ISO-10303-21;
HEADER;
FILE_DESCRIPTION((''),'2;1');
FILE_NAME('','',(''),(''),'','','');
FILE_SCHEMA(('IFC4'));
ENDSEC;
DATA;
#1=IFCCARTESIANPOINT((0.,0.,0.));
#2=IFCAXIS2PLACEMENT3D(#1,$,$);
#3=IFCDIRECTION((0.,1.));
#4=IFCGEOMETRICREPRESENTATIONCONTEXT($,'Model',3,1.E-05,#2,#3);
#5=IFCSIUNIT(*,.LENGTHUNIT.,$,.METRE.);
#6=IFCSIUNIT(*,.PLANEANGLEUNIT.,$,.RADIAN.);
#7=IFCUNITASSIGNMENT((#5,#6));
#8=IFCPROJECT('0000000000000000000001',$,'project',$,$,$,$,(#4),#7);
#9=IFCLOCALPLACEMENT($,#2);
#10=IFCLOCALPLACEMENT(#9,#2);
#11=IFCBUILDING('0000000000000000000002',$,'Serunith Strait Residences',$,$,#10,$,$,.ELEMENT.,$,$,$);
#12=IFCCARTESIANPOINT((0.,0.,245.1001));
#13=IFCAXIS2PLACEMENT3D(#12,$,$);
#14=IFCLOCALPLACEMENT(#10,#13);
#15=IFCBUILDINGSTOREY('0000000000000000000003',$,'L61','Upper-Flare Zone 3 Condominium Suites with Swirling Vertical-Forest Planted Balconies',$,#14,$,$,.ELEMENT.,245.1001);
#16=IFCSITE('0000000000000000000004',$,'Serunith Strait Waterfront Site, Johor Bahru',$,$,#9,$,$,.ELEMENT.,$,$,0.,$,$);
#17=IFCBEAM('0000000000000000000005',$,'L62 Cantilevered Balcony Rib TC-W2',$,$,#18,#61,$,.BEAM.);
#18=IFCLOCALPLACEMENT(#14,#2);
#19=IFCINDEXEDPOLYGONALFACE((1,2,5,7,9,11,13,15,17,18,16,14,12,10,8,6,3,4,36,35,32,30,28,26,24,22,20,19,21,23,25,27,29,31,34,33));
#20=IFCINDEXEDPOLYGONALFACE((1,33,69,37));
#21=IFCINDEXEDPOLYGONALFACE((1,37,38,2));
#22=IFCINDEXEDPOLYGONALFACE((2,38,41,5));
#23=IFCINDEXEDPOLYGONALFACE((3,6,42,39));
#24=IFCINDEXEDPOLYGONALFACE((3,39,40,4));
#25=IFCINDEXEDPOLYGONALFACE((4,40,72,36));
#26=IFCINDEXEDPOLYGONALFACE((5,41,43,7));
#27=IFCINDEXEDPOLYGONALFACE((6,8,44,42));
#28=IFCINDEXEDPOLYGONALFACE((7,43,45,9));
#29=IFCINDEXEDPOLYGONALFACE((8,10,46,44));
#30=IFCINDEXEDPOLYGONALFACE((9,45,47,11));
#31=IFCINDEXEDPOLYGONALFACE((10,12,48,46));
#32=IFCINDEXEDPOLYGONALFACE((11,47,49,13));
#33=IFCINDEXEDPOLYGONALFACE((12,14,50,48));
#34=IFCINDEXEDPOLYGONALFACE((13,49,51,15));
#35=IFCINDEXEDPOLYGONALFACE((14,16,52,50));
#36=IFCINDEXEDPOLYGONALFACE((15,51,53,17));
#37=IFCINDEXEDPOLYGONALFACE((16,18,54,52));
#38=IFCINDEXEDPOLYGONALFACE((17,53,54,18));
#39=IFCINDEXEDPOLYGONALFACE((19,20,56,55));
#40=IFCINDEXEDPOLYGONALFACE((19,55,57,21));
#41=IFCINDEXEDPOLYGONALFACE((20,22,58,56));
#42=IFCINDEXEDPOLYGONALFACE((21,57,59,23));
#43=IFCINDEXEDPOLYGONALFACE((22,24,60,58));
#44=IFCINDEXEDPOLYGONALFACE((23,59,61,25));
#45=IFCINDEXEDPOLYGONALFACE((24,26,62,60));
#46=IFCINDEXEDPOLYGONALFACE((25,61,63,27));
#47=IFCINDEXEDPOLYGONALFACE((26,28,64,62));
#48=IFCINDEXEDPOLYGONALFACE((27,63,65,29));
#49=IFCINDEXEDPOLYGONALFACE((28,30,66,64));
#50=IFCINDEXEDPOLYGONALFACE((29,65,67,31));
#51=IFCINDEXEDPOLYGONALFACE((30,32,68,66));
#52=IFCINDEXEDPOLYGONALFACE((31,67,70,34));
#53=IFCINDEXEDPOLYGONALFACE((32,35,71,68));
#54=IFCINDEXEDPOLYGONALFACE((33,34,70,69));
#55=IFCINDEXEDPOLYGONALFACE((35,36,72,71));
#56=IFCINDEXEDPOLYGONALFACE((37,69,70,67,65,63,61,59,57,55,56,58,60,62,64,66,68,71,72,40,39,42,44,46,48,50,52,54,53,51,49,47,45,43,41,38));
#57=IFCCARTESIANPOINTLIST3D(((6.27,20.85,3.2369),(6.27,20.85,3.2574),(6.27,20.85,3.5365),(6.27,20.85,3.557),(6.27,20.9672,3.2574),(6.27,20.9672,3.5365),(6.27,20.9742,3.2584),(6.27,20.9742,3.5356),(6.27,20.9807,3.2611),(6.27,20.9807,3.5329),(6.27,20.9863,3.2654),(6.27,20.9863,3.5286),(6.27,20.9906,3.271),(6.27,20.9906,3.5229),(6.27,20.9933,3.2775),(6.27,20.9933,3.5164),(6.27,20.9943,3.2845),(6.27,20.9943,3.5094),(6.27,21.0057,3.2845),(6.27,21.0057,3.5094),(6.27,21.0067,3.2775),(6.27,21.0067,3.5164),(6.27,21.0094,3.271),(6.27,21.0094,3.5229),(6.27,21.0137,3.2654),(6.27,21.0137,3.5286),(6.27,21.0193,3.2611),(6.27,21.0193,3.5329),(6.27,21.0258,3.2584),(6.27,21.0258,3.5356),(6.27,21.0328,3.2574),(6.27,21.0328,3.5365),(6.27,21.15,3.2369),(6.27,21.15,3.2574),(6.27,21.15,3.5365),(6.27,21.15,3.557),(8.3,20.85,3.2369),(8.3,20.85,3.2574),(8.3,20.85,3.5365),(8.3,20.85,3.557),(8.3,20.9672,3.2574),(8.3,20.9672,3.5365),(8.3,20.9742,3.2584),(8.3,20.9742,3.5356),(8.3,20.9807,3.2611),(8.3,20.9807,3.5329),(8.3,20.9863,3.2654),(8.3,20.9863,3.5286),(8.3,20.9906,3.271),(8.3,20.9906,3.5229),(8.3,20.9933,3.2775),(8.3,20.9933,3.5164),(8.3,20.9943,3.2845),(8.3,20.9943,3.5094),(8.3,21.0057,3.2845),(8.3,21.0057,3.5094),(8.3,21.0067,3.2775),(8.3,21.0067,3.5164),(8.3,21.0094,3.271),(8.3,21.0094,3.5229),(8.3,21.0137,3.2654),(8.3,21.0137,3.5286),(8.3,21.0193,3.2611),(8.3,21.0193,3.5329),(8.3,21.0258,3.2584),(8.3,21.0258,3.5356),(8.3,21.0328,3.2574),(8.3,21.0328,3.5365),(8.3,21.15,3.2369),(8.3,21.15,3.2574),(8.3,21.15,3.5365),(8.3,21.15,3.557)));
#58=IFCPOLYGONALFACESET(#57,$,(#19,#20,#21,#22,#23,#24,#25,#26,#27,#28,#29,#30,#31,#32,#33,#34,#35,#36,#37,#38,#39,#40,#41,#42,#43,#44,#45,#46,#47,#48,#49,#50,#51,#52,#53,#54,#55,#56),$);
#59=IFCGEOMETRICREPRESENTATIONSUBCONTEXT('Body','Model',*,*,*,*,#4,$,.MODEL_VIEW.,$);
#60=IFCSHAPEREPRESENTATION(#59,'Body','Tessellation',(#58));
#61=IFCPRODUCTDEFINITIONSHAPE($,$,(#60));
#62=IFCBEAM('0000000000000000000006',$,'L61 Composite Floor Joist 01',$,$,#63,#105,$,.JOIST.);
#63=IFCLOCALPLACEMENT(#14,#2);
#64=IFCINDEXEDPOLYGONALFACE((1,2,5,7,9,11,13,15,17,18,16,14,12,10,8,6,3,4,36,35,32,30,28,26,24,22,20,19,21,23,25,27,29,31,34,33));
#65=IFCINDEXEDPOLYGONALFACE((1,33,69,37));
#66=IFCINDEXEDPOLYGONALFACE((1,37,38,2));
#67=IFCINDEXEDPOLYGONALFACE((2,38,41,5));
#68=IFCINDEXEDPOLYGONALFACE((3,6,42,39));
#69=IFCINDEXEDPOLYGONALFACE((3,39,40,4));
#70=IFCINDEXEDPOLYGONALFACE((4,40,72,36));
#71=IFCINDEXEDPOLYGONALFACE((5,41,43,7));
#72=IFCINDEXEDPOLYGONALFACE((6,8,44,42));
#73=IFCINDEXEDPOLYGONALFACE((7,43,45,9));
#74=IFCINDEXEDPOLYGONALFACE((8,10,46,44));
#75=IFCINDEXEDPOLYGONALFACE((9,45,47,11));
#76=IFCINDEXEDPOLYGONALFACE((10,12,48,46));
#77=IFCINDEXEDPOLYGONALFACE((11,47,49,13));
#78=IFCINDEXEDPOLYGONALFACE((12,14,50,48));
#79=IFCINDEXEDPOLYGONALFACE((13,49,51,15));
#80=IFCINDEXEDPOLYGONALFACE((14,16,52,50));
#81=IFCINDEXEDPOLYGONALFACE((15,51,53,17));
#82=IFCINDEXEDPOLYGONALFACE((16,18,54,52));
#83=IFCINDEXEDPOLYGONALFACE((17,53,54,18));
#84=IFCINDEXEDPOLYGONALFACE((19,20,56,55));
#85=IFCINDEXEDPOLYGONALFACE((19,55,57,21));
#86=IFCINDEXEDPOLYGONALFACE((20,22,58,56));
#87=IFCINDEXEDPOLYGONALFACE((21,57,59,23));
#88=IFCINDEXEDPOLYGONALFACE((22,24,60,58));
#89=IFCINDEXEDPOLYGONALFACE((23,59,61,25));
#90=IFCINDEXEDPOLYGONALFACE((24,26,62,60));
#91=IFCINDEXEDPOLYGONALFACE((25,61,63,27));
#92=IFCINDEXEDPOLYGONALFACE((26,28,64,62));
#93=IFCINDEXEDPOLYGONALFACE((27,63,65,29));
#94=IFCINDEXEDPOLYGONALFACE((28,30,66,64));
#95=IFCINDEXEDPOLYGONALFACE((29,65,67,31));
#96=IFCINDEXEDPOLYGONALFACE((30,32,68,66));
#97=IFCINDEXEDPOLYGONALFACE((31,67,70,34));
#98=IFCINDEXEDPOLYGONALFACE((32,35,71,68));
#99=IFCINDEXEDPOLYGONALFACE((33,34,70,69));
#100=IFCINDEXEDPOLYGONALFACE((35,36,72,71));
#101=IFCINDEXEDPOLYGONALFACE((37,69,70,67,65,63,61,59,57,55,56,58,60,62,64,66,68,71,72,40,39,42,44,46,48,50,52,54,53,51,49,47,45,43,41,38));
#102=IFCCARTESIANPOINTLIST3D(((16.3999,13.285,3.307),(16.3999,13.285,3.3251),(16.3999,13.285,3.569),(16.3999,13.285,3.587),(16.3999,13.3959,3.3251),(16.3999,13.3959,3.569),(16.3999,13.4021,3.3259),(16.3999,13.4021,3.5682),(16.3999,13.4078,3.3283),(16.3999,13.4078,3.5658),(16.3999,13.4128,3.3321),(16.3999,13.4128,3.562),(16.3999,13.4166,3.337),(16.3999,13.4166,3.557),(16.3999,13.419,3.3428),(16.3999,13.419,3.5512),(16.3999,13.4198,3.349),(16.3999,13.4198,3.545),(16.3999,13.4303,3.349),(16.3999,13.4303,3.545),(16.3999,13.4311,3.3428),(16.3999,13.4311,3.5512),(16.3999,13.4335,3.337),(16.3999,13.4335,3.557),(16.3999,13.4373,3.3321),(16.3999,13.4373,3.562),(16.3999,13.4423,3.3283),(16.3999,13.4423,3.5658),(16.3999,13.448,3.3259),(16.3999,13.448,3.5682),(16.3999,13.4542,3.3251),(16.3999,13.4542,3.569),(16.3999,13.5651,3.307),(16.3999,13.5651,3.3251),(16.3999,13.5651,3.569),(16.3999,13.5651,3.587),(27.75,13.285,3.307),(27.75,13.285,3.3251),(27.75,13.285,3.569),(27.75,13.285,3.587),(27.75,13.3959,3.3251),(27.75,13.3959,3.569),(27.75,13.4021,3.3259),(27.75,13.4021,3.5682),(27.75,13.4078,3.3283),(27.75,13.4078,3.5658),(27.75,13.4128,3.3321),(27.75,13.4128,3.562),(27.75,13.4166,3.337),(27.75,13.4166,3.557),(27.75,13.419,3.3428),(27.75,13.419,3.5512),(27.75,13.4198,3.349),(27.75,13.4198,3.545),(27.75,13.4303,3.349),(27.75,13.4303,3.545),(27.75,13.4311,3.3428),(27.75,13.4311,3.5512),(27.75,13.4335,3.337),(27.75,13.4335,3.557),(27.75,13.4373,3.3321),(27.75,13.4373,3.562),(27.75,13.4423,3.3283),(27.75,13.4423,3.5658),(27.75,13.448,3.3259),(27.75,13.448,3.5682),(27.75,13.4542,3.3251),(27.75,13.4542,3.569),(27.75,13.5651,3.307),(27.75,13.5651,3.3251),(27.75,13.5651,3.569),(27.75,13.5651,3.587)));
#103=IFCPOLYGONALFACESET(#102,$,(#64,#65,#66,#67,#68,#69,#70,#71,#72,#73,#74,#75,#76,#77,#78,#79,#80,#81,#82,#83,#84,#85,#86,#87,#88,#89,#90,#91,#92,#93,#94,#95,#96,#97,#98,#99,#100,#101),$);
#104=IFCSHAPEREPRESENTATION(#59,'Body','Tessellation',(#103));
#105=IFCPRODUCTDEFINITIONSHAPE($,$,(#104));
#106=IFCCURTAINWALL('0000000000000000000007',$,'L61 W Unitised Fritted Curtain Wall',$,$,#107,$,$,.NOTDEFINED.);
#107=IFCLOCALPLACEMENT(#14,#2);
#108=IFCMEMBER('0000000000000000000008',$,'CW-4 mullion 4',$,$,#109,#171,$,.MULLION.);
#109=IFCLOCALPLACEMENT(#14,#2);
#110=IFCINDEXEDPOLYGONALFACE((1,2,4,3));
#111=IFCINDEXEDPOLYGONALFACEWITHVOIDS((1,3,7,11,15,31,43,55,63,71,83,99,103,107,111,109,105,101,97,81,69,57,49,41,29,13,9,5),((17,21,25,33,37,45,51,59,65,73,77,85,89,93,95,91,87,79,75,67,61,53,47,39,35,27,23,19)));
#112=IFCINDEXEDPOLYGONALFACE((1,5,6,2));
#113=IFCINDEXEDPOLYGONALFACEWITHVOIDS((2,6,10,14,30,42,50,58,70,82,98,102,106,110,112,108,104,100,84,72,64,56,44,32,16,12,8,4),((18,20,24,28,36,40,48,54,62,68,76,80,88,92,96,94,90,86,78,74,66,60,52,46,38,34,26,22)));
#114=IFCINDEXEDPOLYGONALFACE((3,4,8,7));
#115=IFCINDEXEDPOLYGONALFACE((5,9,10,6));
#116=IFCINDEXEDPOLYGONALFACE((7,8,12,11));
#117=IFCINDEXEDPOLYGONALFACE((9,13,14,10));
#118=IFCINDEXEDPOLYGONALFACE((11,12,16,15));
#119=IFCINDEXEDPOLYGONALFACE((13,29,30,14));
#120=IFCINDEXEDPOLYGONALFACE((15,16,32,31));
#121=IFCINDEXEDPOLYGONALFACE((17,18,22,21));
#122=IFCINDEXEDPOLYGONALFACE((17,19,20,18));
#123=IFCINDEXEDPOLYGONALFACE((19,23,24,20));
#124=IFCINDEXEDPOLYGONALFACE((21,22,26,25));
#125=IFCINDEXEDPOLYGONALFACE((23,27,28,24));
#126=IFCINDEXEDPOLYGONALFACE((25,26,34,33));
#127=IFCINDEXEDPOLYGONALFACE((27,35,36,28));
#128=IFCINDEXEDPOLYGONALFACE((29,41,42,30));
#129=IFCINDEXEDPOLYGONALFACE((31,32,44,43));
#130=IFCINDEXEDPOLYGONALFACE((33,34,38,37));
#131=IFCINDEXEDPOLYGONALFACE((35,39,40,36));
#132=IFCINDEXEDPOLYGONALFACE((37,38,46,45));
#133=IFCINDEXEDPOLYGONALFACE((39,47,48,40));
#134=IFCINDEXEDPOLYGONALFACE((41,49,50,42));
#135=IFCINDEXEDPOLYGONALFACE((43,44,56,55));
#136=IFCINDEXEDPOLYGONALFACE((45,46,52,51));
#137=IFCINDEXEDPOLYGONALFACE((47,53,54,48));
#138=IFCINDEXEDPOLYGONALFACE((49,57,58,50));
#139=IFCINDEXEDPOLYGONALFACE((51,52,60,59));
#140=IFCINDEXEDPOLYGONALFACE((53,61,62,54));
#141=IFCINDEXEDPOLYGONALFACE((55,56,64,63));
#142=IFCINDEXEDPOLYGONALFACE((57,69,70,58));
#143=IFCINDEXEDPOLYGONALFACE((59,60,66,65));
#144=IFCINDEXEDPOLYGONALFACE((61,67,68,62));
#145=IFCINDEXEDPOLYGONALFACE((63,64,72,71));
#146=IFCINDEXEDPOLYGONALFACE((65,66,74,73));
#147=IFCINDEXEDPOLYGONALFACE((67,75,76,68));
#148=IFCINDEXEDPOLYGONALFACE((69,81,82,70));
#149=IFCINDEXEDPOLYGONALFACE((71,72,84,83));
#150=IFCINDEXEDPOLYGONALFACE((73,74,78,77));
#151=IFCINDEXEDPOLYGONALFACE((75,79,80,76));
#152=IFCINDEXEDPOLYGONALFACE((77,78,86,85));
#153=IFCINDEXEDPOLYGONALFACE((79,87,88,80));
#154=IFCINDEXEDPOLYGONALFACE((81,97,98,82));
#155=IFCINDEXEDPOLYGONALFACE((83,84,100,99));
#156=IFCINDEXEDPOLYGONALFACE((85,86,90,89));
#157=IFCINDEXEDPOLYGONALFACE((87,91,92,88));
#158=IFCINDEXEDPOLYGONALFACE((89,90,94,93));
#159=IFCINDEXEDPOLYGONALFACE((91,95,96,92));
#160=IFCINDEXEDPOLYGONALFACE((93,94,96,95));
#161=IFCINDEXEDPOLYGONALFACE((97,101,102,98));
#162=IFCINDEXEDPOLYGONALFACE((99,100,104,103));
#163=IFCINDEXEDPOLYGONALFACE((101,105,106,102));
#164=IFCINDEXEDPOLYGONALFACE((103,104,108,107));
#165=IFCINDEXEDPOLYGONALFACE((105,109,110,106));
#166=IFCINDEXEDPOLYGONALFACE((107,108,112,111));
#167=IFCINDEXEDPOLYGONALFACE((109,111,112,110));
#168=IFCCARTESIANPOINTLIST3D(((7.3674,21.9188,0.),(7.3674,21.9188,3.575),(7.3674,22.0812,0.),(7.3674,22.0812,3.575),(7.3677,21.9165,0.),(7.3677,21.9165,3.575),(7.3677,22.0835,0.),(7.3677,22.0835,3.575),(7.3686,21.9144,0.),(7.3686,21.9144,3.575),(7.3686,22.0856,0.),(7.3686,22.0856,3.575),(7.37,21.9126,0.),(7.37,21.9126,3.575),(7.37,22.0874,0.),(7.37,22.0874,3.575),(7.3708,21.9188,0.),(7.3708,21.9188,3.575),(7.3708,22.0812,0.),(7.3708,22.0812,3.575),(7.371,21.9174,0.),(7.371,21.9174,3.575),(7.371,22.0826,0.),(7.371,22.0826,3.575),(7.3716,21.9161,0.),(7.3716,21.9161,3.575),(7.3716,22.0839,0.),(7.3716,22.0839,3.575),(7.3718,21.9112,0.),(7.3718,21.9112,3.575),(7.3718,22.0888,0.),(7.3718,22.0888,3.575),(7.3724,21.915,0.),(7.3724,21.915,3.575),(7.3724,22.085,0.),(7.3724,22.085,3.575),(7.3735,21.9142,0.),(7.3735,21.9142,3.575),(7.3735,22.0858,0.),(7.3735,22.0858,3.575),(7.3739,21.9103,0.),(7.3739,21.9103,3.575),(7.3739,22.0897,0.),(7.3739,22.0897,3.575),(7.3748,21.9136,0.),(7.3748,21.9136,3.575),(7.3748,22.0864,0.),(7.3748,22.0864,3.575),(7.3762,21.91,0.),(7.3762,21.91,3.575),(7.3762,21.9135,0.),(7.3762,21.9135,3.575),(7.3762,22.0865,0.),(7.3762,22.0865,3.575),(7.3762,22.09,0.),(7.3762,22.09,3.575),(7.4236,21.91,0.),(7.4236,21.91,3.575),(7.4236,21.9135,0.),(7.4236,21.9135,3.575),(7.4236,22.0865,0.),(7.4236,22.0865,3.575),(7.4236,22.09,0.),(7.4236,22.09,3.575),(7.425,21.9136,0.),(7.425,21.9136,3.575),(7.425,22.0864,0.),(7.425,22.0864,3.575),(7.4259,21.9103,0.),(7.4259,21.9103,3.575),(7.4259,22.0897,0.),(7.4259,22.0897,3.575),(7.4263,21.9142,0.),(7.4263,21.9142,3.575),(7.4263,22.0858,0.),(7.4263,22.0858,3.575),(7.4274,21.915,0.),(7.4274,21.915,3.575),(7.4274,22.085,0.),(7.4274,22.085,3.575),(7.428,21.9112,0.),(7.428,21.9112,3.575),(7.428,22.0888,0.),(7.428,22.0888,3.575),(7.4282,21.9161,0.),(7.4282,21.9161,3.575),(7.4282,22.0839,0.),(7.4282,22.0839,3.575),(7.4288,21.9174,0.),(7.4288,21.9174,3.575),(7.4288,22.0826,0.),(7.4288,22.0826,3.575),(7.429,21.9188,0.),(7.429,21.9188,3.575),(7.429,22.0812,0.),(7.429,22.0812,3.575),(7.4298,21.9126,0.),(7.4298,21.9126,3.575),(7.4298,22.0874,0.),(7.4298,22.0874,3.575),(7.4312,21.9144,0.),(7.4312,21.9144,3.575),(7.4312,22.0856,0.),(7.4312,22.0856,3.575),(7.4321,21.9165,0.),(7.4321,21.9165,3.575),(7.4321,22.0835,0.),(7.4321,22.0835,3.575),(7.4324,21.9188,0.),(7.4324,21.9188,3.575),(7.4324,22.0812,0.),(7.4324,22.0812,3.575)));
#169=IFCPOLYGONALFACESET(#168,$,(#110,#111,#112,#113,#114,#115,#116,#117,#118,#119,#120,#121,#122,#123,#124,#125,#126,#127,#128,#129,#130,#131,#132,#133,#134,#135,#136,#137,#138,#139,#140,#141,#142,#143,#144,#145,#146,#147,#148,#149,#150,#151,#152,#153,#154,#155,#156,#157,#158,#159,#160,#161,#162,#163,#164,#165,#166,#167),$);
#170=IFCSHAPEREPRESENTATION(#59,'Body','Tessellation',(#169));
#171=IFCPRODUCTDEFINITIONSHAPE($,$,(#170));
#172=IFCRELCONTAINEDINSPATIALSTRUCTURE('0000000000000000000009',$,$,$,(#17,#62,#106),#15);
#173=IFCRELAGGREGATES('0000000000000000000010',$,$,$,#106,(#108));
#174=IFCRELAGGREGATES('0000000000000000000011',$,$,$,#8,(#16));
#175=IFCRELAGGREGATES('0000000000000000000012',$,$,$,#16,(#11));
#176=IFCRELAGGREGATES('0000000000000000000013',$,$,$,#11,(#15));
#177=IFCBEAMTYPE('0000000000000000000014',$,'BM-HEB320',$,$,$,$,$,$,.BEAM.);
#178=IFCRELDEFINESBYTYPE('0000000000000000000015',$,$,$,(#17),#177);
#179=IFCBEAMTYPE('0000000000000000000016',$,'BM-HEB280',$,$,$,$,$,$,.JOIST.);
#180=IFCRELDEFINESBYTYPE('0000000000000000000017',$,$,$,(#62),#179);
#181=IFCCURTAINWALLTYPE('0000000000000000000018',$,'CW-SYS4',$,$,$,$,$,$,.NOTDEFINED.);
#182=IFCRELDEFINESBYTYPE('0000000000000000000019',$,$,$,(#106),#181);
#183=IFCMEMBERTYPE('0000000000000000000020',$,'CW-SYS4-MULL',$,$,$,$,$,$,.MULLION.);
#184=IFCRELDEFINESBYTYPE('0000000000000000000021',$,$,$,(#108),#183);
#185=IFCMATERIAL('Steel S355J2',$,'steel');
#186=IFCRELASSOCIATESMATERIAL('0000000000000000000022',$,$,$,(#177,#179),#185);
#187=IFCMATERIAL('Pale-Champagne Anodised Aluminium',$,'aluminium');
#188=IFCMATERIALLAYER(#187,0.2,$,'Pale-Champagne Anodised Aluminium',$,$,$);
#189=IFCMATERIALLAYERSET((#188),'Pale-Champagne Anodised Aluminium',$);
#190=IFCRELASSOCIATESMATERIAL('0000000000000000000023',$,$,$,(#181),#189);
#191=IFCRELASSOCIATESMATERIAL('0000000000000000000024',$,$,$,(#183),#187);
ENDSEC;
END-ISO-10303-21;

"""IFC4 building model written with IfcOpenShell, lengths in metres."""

from ifc_helpers import new_model, si_unit, direction, frame, origin, origin_2d, place, context, subcontext, project, spatial, hollow_rectangle, i_section, extrude, source, transform, mapped, material, layer, layer_set, material_profile, profile_set, type_object, element, aggregate, save


model = new_model("IFC4")

# Units and contexts
model_context = context("Model", 3, precision=1e-05, world=origin(), true_north=direction((0.0, 1.0)))
body_context = subcontext(model_context, "Body", "Model", "MODEL_VIEW")
ifc_project = project(units=[si_unit("LENGTHUNIT", "METRE"), si_unit("PLANEANGLEUNIT", "RADIAN")], contexts=[model_context])

# Site, building, storey
site_placement = place(None, origin())
site = spatial("IfcSite", under=ifc_project, at=site_placement, Name="Serunith Strait Waterfront Site, Johor Bahru", CompositionType="ELEMENT", RefElevation=0.0)
building_placement = place(site_placement, origin())
building = spatial("IfcBuilding", under=site, at=building_placement, Name="Serunith Strait Residences", CompositionType="ELEMENT")
storey_placement = place(building_placement, frame((0.0, 0.0, 245.1001)))
storey = spatial("IfcBuildingStorey", under=building, at=storey_placement, Name="L61", Description="Upper-Flare Zone 3 Condominium Suites with Swirling Vertical-Forest Planted Balconies", CompositionType="ELEMENT", Elevation=245.1001)

# Beams
ifc_material_1 = material(Name="Steel S355J2", Category="steel")
ifc_material_profile_1 = material_profile(ifc_material_1, i_section(OverallWidth=0.3, OverallDepth=0.3201, WebThickness=0.0115, FlangeThickness=0.0205, FilletRadius=0.0271, at=origin_2d()), Name="HEB 320")
ifc_profile_set_1 = profile_set([ifc_material_profile_1], Name="Steel S355J2")
beam_type_1 = type_object("IfcBeamType", Name="BM-HEB320", PredefinedType="BEAM", material=ifc_profile_set_1)
shared_shape_1 = source(origin(), body_context, "Body", "SweptSolid", [
    extrude(i_section(OverallWidth=0.3, OverallDepth=0.3201, WebThickness=0.0115, FlangeThickness=0.0205, FilletRadius=0.0271, at=origin_2d()), origin(), (0.0, 0.0, 1.0), 2.03),
])
for number, where, z_axis, x_axis, name in (
    (1, (8.3, 21.0, 3.397), (-1.0, 0.0, 0.0), (0.0, -1.0, 0.0), "L62 Cantilevered Balcony Rib TC-W2"),
):
    element("IfcBeam", number, at=place(storey_placement, frame(where, z_axis=z_axis, x_axis=x_axis)), inside=storey, type_object=beam_type_1, Name=name, PredefinedType="BEAM", context=body_context, shape_type="MappedRepresentation", body=[
        mapped(shared_shape_1, transform((0.0, 0.0, 0.0), scale=1.0)),
    ])
ifc_material_profile_2 = material_profile(ifc_material_1, i_section(OverallWidth=0.28, OverallDepth=0.28, WebThickness=0.0105, FlangeThickness=0.0181, FilletRadius=0.0239, at=origin_2d()), Name="HEB 280")
ifc_profile_set_2 = profile_set([ifc_material_profile_2], Name="Steel S355J2")
beam_type_2 = type_object("IfcBeamType", Name="BM-HEB280", PredefinedType="JOIST", material=ifc_profile_set_2)
shared_shape_2 = source(origin(), body_context, "Body", "SweptSolid", [
    extrude(i_section(OverallWidth=0.28, OverallDepth=0.28, WebThickness=0.0105, FlangeThickness=0.0181, FilletRadius=0.0239, at=origin_2d()), origin(), (0.0, 0.0, 1.0), 11.3501),
])
beam_1_placement = place(storey_placement, frame((16.3999, 13.425, 3.447), z_axis=(1.0, 0.0, 0.0), x_axis=(0.0, 1.0, 0.0)))
element("IfcBeam", 2, at=beam_1_placement, inside=storey, type_object=beam_type_2, Name="L61 Composite Floor Joist 01", PredefinedType="JOIST", context=body_context, shape_type="MappedRepresentation", body=[
    mapped(shared_shape_2, transform((0.0, 0.0, 0.0), scale=1.0)),
])

# Curtain wall, member
ifc_material_2 = material(Name="Pale-Champagne Anodised Aluminium", Category="aluminium")
ifc_layer_1 = layer(ifc_material_2, 0.2, Name="Pale-Champagne Anodised Aluminium")
ifc_layer_set_1 = layer_set([ifc_layer_1], Name="Pale-Champagne Anodised Aluminium")
curtain_wall_type = type_object("IfcCurtainWallType", Name="CW-SYS4", PredefinedType="NOTDEFINED", material=ifc_layer_set_1)
curtain_wall_placement = place(storey_placement, origin())
curtain_wall = element("IfcCurtainWall", 3, at=curtain_wall_placement, inside=storey, type_object=curtain_wall_type, Name="L61 W Unitised Fritted Curtain Wall", PredefinedType="NOTDEFINED")
ifc_material_profile_3 = material_profile(ifc_material_2, hollow_rectangle(XDim=0.0649, YDim=0.1799, WallThickness=0.0034, InnerFilletRadius=0.0054, OuterFilletRadius=0.0088, at=origin_2d()), Name="ALU 180x65x3.5")
ifc_profile_set_3 = profile_set([ifc_material_profile_3], Name="Pale-Champagne Anodised Aluminium")
member_type_1 = type_object("IfcMemberType", Name="CW-SYS4-MULL", PredefinedType="MULLION", material=ifc_profile_set_3)
shared_shape_3 = source(origin(), body_context, "Body", "SweptSolid", [
    extrude(hollow_rectangle(XDim=0.0649, YDim=0.1799, WallThickness=0.0034, InnerFilletRadius=0.0054, OuterFilletRadius=0.0088, at=origin_2d()), origin(), (0.0, 0.0, 1.0), 3.575),
])
member_1_placement = place(storey_placement, frame((7.3999, 22.0, 0.0), z_axis=(0.0, 0.0, 1.0), x_axis=(1.0, 0.0, 0.0)))
member_1 = element("IfcMember", 4, at=member_1_placement, type_object=member_type_1, Name="CW-4 mullion 4", PredefinedType="MULLION", context=body_context, shape_type="MappedRepresentation", body=[
    mapped(shared_shape_3, transform((0.0, 0.0, 0.0), scale=1.0)),
])
aggregate(curtain_wall, [member_1])

save(model, "model.ifc")
